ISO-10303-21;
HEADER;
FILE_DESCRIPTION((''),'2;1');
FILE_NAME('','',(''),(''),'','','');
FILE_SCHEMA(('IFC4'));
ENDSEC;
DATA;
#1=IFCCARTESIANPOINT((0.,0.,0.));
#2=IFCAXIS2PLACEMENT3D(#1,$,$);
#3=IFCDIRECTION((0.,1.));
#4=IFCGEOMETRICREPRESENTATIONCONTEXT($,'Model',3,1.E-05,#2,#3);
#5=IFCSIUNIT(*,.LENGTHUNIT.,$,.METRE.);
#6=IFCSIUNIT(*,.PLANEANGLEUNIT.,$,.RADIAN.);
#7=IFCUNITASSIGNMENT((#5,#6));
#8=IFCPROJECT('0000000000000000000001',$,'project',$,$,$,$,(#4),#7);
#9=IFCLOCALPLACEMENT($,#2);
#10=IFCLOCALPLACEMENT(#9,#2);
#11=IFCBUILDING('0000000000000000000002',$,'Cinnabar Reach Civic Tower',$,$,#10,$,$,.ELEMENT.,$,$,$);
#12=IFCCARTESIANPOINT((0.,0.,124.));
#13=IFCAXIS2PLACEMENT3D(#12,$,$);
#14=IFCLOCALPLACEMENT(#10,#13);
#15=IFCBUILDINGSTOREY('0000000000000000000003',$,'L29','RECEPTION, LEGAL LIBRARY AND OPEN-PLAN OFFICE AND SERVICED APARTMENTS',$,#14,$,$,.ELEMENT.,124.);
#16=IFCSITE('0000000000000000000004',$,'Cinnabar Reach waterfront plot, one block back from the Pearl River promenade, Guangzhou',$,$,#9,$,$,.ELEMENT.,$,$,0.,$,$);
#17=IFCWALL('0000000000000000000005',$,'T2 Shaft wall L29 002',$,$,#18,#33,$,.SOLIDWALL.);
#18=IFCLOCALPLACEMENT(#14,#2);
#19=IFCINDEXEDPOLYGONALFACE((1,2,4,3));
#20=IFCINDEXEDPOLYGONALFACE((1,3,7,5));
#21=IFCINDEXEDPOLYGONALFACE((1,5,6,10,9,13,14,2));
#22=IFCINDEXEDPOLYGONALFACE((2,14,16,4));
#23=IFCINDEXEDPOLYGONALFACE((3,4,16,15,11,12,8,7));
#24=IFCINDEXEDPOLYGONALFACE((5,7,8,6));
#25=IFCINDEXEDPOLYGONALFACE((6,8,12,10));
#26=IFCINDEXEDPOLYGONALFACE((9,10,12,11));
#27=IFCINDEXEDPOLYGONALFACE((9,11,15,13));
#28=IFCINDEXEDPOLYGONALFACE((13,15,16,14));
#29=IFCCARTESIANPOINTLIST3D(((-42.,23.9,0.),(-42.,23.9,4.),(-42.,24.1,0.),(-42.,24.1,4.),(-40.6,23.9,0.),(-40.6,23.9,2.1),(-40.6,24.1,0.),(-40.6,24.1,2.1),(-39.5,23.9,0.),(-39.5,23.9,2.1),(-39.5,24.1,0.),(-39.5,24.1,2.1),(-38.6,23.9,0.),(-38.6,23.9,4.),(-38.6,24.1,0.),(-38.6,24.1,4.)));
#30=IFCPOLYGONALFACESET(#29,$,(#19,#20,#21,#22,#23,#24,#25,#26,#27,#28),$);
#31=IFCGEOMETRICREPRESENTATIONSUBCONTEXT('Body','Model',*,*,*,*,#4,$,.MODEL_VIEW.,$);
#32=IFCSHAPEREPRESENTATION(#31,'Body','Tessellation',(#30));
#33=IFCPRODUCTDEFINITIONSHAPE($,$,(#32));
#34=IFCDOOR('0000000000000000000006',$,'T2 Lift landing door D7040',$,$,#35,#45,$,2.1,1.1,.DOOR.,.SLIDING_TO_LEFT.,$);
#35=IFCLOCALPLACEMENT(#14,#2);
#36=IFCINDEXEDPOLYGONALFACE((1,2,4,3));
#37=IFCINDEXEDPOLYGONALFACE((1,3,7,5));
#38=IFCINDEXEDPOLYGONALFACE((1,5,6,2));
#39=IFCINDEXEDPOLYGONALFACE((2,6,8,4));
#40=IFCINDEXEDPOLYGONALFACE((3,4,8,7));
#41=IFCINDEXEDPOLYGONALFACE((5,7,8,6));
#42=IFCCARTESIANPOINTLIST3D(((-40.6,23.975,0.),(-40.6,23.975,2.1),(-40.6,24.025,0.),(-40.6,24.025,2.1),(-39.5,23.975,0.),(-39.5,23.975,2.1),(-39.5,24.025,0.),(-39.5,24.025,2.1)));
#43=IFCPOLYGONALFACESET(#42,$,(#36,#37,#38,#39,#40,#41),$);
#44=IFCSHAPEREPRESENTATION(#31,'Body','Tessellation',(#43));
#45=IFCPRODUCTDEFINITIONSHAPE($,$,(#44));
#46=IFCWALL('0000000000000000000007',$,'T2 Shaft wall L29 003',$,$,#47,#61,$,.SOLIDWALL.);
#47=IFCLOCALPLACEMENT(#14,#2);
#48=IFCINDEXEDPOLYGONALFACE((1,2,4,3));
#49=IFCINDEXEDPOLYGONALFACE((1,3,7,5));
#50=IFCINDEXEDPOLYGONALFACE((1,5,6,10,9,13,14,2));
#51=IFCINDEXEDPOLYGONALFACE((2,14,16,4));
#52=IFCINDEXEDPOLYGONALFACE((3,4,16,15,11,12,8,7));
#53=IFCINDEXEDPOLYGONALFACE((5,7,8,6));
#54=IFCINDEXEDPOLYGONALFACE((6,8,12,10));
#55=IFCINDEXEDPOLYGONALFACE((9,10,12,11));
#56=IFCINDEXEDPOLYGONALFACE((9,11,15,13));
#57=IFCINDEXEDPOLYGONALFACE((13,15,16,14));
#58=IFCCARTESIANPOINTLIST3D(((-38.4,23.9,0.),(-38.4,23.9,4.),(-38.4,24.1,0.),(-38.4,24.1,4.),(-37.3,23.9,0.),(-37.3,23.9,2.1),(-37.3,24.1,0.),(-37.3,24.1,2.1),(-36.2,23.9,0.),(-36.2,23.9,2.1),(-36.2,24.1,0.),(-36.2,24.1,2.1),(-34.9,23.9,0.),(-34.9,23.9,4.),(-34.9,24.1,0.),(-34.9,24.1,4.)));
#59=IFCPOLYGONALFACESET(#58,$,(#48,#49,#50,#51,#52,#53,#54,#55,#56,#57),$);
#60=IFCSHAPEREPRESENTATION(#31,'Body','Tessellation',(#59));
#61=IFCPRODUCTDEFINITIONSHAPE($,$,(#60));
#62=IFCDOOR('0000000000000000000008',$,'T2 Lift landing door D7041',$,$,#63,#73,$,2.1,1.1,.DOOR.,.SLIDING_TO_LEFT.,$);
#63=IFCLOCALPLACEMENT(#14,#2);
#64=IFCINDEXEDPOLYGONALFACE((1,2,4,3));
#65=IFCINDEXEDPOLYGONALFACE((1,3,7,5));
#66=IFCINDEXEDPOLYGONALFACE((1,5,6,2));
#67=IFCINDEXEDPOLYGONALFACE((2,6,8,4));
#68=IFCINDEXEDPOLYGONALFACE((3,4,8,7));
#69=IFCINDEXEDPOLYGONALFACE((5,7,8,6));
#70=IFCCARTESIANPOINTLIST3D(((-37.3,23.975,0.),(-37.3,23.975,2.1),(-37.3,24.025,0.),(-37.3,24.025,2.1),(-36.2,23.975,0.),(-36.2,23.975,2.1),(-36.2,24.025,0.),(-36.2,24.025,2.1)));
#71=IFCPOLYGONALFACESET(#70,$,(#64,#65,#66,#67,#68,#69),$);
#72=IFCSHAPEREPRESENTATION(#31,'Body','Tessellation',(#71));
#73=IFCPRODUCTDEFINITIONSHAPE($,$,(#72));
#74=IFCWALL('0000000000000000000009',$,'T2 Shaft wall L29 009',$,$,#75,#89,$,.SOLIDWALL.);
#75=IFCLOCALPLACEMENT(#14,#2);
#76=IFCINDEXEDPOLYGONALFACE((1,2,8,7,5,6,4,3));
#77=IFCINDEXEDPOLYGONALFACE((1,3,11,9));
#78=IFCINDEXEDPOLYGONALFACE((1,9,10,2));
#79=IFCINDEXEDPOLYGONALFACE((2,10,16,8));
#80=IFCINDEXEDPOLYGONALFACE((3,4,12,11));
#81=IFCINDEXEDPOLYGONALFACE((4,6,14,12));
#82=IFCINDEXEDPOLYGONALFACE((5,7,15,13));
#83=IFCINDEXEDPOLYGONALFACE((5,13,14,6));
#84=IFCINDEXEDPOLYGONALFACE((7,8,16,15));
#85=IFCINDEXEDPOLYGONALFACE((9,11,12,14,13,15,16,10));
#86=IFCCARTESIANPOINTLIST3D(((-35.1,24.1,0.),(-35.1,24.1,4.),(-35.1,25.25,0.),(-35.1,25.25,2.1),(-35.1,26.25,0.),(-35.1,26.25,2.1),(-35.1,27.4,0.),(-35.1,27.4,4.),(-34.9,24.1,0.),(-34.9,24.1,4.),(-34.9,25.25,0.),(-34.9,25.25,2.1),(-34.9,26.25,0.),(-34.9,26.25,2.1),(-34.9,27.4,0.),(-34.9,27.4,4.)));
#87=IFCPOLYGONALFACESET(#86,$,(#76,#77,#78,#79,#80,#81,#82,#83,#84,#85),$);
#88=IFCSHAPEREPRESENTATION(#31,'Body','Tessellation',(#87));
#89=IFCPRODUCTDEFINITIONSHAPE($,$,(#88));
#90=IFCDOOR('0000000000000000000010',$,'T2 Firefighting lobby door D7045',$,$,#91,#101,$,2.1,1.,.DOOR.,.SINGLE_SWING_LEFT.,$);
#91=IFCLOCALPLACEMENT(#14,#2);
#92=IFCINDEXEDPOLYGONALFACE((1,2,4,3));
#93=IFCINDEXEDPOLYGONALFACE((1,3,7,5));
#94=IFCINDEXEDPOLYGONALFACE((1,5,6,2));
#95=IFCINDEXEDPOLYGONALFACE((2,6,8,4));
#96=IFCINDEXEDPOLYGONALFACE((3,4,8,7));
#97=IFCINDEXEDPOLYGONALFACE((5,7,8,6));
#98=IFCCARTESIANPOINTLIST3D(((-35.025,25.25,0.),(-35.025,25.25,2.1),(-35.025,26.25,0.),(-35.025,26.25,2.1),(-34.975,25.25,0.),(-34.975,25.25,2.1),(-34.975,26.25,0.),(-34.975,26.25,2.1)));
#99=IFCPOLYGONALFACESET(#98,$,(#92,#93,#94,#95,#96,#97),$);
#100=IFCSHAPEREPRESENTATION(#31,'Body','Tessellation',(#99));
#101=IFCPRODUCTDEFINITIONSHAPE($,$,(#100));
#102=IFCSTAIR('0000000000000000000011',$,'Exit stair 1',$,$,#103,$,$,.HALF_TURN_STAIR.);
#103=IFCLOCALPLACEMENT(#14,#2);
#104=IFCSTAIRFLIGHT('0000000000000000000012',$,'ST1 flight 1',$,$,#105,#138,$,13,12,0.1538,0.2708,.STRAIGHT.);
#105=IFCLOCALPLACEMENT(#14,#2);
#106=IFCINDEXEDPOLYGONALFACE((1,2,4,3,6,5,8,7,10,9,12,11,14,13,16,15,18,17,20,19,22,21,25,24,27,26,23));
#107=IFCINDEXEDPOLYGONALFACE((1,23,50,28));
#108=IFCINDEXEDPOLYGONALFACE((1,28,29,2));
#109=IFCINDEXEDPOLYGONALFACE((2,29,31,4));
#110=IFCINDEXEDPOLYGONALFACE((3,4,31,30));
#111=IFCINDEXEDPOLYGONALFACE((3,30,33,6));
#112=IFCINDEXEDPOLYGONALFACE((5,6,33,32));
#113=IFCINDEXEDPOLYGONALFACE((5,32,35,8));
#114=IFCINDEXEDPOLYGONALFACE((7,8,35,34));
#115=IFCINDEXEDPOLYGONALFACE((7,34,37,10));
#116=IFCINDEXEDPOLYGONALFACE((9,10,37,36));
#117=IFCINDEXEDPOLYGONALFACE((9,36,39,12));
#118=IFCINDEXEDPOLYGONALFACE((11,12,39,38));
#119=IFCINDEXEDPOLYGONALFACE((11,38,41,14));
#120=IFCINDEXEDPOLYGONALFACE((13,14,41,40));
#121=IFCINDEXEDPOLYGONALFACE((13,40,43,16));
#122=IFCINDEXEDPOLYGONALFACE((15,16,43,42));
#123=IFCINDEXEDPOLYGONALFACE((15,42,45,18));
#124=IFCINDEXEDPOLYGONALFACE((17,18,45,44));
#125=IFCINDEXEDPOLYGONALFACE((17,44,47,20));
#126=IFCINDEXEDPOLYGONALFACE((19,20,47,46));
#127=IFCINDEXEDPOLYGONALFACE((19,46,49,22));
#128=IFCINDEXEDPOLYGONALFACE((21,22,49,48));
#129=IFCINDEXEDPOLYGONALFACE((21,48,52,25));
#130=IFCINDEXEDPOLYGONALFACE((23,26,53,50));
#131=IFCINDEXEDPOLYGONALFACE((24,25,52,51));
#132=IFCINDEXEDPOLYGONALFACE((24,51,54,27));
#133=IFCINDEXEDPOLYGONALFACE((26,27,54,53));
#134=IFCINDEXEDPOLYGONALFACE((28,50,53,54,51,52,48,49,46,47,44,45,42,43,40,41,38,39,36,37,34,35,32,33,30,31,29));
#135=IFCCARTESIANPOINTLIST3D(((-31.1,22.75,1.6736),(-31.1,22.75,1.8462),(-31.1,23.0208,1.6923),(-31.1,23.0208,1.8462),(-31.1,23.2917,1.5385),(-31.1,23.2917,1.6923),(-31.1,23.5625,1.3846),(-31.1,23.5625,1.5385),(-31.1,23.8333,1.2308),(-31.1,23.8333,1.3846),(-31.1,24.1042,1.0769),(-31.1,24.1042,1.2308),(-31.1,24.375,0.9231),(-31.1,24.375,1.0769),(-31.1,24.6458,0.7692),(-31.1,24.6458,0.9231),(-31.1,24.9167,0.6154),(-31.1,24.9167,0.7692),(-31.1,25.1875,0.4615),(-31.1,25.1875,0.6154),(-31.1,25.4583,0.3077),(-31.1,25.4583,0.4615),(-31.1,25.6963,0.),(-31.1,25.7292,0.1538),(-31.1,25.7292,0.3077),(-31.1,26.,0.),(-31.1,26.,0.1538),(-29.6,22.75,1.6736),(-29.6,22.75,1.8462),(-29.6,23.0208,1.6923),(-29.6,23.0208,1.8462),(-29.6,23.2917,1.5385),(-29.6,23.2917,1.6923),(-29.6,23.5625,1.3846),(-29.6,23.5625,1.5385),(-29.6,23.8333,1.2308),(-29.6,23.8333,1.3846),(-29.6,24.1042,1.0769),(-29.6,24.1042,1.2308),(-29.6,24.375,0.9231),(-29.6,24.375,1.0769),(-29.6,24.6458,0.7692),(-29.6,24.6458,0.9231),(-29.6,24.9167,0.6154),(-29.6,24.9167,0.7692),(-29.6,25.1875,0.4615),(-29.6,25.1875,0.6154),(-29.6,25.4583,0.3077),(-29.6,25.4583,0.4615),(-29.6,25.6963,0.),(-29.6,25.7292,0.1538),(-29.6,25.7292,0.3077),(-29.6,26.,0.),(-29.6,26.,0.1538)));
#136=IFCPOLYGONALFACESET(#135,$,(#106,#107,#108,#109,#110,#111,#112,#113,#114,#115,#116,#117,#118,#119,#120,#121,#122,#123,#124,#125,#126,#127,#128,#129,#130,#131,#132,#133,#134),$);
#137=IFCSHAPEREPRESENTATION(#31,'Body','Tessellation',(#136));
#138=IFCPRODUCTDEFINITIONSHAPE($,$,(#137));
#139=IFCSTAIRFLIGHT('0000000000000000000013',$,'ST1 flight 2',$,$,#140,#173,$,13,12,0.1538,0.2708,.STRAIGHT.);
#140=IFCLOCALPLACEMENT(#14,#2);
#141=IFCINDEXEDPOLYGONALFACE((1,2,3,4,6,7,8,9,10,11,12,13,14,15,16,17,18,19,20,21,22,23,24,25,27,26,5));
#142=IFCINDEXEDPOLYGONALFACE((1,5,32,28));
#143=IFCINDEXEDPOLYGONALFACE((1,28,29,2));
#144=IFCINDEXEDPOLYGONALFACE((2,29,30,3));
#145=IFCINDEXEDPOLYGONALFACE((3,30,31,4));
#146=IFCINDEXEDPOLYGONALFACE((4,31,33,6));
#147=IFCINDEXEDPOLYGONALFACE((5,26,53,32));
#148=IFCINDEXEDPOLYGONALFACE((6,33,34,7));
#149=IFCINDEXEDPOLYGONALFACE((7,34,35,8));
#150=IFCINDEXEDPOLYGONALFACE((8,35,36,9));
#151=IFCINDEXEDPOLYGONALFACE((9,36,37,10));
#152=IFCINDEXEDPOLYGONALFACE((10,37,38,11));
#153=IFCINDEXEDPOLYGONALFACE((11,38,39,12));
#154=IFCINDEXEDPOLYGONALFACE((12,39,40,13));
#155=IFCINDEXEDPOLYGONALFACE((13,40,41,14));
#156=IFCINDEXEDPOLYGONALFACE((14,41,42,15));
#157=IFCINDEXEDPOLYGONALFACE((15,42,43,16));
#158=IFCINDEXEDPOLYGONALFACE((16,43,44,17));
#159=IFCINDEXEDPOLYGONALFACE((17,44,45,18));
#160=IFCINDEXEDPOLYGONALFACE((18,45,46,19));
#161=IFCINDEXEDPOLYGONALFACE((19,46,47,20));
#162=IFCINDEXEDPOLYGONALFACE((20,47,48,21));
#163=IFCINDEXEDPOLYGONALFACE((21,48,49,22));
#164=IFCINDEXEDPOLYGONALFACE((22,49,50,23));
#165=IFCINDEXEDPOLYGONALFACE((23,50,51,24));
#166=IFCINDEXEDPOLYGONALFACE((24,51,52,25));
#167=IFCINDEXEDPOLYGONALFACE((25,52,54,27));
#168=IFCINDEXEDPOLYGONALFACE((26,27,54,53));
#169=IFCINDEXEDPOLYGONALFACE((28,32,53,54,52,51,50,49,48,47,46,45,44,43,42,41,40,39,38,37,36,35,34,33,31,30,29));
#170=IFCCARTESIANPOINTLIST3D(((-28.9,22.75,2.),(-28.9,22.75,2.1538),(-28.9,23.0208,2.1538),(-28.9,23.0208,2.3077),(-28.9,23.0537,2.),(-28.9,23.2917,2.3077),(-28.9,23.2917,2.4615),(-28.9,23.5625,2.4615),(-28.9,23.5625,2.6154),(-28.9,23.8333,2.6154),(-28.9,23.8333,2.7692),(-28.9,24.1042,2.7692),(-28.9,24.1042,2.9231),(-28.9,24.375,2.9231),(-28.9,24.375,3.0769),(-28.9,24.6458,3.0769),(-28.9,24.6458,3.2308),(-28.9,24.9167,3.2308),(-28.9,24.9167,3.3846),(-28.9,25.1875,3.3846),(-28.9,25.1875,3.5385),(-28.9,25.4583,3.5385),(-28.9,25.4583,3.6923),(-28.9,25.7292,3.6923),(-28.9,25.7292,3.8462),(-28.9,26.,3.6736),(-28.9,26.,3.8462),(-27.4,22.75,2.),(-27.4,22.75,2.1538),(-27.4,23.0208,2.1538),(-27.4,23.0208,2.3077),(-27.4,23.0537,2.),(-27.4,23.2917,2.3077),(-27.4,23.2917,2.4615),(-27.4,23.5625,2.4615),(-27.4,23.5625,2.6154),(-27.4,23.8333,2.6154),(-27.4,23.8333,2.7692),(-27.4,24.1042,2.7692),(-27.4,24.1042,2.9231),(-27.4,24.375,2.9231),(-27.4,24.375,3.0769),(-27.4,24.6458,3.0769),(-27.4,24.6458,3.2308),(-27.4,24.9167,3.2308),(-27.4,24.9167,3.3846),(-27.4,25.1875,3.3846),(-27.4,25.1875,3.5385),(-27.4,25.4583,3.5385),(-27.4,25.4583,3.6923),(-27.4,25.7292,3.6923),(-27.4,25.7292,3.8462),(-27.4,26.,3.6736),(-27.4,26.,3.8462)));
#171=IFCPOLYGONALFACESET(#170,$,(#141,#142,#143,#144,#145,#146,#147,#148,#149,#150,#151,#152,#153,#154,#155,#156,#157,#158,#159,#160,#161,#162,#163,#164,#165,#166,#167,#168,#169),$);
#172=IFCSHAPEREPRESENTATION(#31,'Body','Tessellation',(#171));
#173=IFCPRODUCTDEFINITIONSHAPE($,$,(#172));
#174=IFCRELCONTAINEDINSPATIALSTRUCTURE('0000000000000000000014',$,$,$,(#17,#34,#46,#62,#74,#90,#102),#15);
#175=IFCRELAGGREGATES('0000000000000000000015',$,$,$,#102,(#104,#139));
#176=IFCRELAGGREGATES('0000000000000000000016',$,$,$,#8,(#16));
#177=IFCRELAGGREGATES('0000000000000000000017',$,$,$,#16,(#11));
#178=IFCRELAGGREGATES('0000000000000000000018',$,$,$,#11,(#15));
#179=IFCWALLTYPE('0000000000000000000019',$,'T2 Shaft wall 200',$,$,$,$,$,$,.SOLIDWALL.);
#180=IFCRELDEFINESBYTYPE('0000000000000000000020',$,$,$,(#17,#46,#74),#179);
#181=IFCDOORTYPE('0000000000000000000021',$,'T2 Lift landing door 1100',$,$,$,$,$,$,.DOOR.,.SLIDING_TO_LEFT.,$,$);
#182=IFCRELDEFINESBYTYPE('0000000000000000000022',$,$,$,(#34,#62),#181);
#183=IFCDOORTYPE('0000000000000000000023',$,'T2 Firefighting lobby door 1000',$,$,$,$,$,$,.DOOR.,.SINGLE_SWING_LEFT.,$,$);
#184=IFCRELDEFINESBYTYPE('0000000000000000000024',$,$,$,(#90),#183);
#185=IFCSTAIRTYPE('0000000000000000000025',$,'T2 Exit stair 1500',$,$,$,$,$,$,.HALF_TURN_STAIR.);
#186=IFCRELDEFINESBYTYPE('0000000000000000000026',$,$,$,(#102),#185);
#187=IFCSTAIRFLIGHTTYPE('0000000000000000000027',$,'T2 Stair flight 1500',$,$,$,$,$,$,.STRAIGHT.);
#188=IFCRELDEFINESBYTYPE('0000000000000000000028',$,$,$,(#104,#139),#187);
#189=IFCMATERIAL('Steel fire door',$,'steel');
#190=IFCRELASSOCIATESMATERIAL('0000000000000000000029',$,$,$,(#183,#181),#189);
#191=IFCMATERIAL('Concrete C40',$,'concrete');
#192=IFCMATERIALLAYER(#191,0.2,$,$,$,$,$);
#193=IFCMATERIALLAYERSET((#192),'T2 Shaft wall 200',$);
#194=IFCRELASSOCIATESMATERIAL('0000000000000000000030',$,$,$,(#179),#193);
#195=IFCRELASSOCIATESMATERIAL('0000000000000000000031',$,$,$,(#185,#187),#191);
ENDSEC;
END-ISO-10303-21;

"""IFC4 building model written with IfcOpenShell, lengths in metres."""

from ifc_helpers import new_model, si_unit, direction, frame, frame_2d, origin, place, context, subcontext, project, spatial, polyline, rectangle, outline, extrude, material, layer, layer_set, type_object, element, fill, aggregate, save


model = new_model("IFC4")

# Units and contexts
model_context = context("Model", 3, precision=1e-05, world=origin(), true_north=direction((0.0, 1.0)))
body_context = subcontext(model_context, "Body", "Model", "MODEL_VIEW")
ifc_project = project(units=[si_unit("LENGTHUNIT", "METRE"), si_unit("PLANEANGLEUNIT", "RADIAN")], contexts=[model_context])

# Site, building, storey
site_placement = place(None, origin())
site = spatial("IfcSite", under=ifc_project, at=site_placement, Name="Cinnabar Reach waterfront plot, one block back from the Pearl River promenade, Guangzhou", CompositionType="ELEMENT", RefElevation=0.0)
building_placement = place(site_placement, origin())
building = spatial("IfcBuilding", under=site, at=building_placement, Name="Cinnabar Reach Civic Tower", CompositionType="ELEMENT")
storey_placement = place(building_placement, frame((0.0, 0.0, 124.0)))
storey = spatial("IfcBuildingStorey", under=building, at=storey_placement, Name="L29", Description="RECEPTION, LEGAL LIBRARY AND OPEN-PLAN OFFICE AND SERVICED APARTMENTS", CompositionType="ELEMENT", Elevation=124.0)

# Shared definitions
ifc_material_1 = material(Name="Concrete C40", Category="concrete")

# Shared definitions
ifc_material_2 = material(Name="Steel fire door", Category="steel")
door_type_1 = type_object("IfcDoorType", Name="T2 Firefighting lobby door 1000", OperationType="SINGLE_SWING_LEFT", PredefinedType="DOOR", material=ifc_material_2)

# Shared definitions
ifc_layer_1 = layer(ifc_material_1, 0.2)
ifc_layer_set_1 = layer_set([ifc_layer_1], Name="T2 Shaft wall 200")
wall_type_1 = type_object("IfcWallType", Name="T2 Shaft wall 200", PredefinedType="SOLIDWALL", material=ifc_layer_set_1)

# Walls, openings, doors
wall_1_placement = place(storey_placement, frame((-38.6, 24.0, 0.0), z_axis=(0.0, 0.0, 1.0), x_axis=(-1.0, 0.0, 0.0)))
wall_1 = element("IfcWall", 1, at=wall_1_placement, inside=storey, type_object=wall_type_1, Name="T2 Shaft wall L29 002", PredefinedType="SOLIDWALL", context=body_context, shape_type="SweptSolid", body=[
    extrude(rectangle(XDim=3.4, YDim=0.2, at=frame_2d((1.7, 0.0))), origin(), (0.0, 0.0, 1.0), 4.0),
])
opening_1_placement = place(wall_1_placement, frame((0.9, 0.0, 0.0)))
opening_1 = element("IfcOpeningElement", 2, at=opening_1_placement, cuts=wall_1, PredefinedType="OPENING", context=body_context, shape_type="SweptSolid", body=[
    extrude(rectangle(XDim=1.1, YDim=2.1, at=frame_2d((0.55, 1.05))), frame((0.0, 0.11, 0.0), z_axis=(0.0, -1.0, 0.0), x_axis=(1.0, 0.0, 0.0)), (0.0, 0.0, 1.0), 0.22),
])
door_type_2 = type_object("IfcDoorType", Name="T2 Lift landing door 1100", OperationType="SLIDING_TO_LEFT", PredefinedType="DOOR", material=ifc_material_2)
door_1_placement = place(opening_1_placement, origin())
door_1 = element("IfcDoor", 3, at=door_1_placement, inside=storey, type_object=door_type_2, Name="T2 Lift landing door D7040", OperationType="SLIDING_TO_LEFT", OverallHeight=2.1, OverallWidth=1.1, PredefinedType="DOOR", context=body_context, shape_type="SweptSolid", body=[
    extrude(rectangle(XDim=1.1, YDim=2.1, at=frame_2d((0.55, 1.05))), frame((0.0, 0.025, 0.0), z_axis=(0.0, -1.0, 0.0), x_axis=(1.0, 0.0, 0.0)), (0.0, 0.0, 1.0), 0.05),
])
fill(opening_1, door_1)
wall_2_placement = place(storey_placement, frame((-34.9, 24.0, 0.0), z_axis=(0.0, 0.0, 1.0), x_axis=(-1.0, 0.0, 0.0)))
wall_2 = element("IfcWall", 4, at=wall_2_placement, inside=storey, type_object=wall_type_1, Name="T2 Shaft wall L29 003", PredefinedType="SOLIDWALL", context=body_context, shape_type="SweptSolid", body=[
    extrude(rectangle(XDim=3.5, YDim=0.2, at=frame_2d((1.75, 0.0))), origin(), (0.0, 0.0, 1.0), 4.0),
])
opening_2_placement = place(wall_2_placement, frame((1.3, 0.0, 0.0)))
opening_2 = element("IfcOpeningElement", 5, at=opening_2_placement, cuts=wall_2, PredefinedType="OPENING", context=body_context, shape_type="SweptSolid", body=[
    extrude(rectangle(XDim=1.1, YDim=2.1, at=frame_2d((0.55, 1.05))), frame((0.0, 0.11, 0.0), z_axis=(0.0, -1.0, 0.0), x_axis=(1.0, 0.0, 0.0)), (0.0, 0.0, 1.0), 0.22),
])
door_2_placement = place(opening_2_placement, origin())
door_2 = element("IfcDoor", 6, at=door_2_placement, inside=storey, type_object=door_type_2, Name="T2 Lift landing door D7041", OperationType="SLIDING_TO_LEFT", OverallHeight=2.1, OverallWidth=1.1, PredefinedType="DOOR", context=body_context, shape_type="SweptSolid", body=[
    extrude(rectangle(XDim=1.1, YDim=2.1, at=frame_2d((0.55, 1.05))), frame((0.0, 0.025, 0.0), z_axis=(0.0, -1.0, 0.0), x_axis=(1.0, 0.0, 0.0)), (0.0, 0.0, 1.0), 0.05),
])
fill(opening_2, door_2)
wall_3_placement = place(storey_placement, frame((-35.0, 24.1, 0.0), z_axis=(0.0, 0.0, 1.0), x_axis=(0.0, 1.0, 0.0)))
wall_3 = element("IfcWall", 7, at=wall_3_placement, inside=storey, type_object=wall_type_1, Name="T2 Shaft wall L29 009", PredefinedType="SOLIDWALL", context=body_context, shape_type="SweptSolid", body=[
    extrude(rectangle(XDim=3.3, YDim=0.2, at=frame_2d((1.65, 0.0))), origin(), (0.0, 0.0, 1.0), 4.0),
])
opening_3_placement = place(wall_3_placement, frame((1.15, 0.0, 0.0)))
opening_3 = element("IfcOpeningElement", 8, at=opening_3_placement, cuts=wall_3, PredefinedType="OPENING", context=body_context, shape_type="SweptSolid", body=[
    extrude(rectangle(XDim=1.0, YDim=2.1, at=frame_2d((0.5, 1.05))), frame((0.0, 0.11, 0.0), z_axis=(0.0, -1.0, 0.0), x_axis=(1.0, 0.0, 0.0)), (0.0, 0.0, 1.0), 0.22),
])
door_3_placement = place(opening_3_placement, origin())
door_3 = element("IfcDoor", 9, at=door_3_placement, inside=storey, type_object=door_type_1, Name="T2 Firefighting lobby door D7045", OperationType="SINGLE_SWING_LEFT", OverallHeight=2.1, OverallWidth=1.0, PredefinedType="DOOR", context=body_context, shape_type="SweptSolid", body=[
    extrude(rectangle(XDim=1.0, YDim=2.1, at=frame_2d((0.5, 1.05))), frame((0.0, 0.025, 0.0), z_axis=(0.0, -1.0, 0.0), x_axis=(1.0, 0.0, 0.0)), (0.0, 0.0, 1.0), 0.05),
])
fill(opening_3, door_3)

# Stair, stair flights
stair_type = type_object("IfcStairType", Name="T2 Exit stair 1500", PredefinedType="HALF_TURN_STAIR", material=ifc_material_1)
stair_placement = place(storey_placement, origin())
stair = element("IfcStair", 10, at=stair_placement, inside=storey, type_object=stair_type, Name="Exit stair 1", PredefinedType="HALF_TURN_STAIR")
stair_flight_type = type_object("IfcStairFlightType", Name="T2 Stair flight 1500", PredefinedType="STRAIGHT", material=ifc_material_1)
stair_flight_1_placement = place(storey_placement, frame((-30.35, 26.0, 0.0), z_axis=(0.0, 0.0, 1.0), x_axis=(0.0, -1.0, 0.0)))
stair_flight_1 = element("IfcStairFlight", 11, at=stair_flight_1_placement, type_object=stair_flight_type, Name="ST1 flight 1", NumberOfRisers=13, NumberOfTreads=12, PredefinedType="STRAIGHT", RiserHeight=0.1538, TreadLength=0.2708, context=body_context, shape_type="SweptSolid", body=[
    extrude(outline(polyline([(0.0, 0.0), (0.0, 0.1538), (0.2708, 0.1538), (0.2708, 0.3077), (0.5417, 0.3077), (0.5417, 0.4615), (0.8125, 0.4615), (0.8125, 0.6154), (1.0833, 0.6154), (1.0833, 0.7692), (1.3542, 0.7692), (1.3542, 0.9231), (1.625, 0.9231), (1.625, 1.0769), (1.8958, 1.0769), (1.8958, 1.2308), (2.1667, 1.2308), (2.1667, 1.3846), (2.4375, 1.3846), (2.4375, 1.5385), (2.7083, 1.5385), (2.7083, 1.6923), (2.9792, 1.6923), (2.9792, 1.8462), (3.25, 1.8462), (3.25, 2.0), (3.25, 1.6736), (0.3037, 0.0), (0.0, 0.0)])), frame((0.0, 0.75, 0.0), z_axis=(0.0, -1.0, 0.0), x_axis=(1.0, 0.0, 0.0)), (0.0, 0.0, 1.0), 1.5),
])
stair_flight_2_placement = place(storey_placement, frame((-28.15, 22.75, 2.0), z_axis=(0.0, 0.0, 1.0), x_axis=(0.0, 1.0, 0.0)))
stair_flight_2 = element("IfcStairFlight", 12, at=stair_flight_2_placement, type_object=stair_flight_type, Name="ST1 flight 2", NumberOfRisers=13, NumberOfTreads=12, PredefinedType="STRAIGHT", RiserHeight=0.1538, TreadLength=0.2708, context=body_context, shape_type="SweptSolid", body=[
    extrude(outline(polyline([(0.0, 0.0), (0.0, 0.1538), (0.2708, 0.1538), (0.2708, 0.3077), (0.5417, 0.3077), (0.5417, 0.4615), (0.8125, 0.4615), (0.8125, 0.6154), (1.0833, 0.6154), (1.0833, 0.7692), (1.3542, 0.7692), (1.3542, 0.9231), (1.625, 0.9231), (1.625, 1.0769), (1.8958, 1.0769), (1.8958, 1.2308), (2.1667, 1.2308), (2.1667, 1.3846), (2.4375, 1.3846), (2.4375, 1.5385), (2.7083, 1.5385), (2.7083, 1.6923), (2.9792, 1.6923), (2.9792, 1.8462), (3.25, 1.8462), (3.25, 2.0), (3.25, 1.6736), (0.3037, 0.0), (0.0, 0.0)])), frame((0.0, 0.75, 0.0), z_axis=(0.0, -1.0, 0.0), x_axis=(1.0, 0.0, 0.0)), (0.0, 0.0, 1.0), 1.5),
])
aggregate(stair, [stair_flight_1, stair_flight_2])

save(model, "model.ifc")
